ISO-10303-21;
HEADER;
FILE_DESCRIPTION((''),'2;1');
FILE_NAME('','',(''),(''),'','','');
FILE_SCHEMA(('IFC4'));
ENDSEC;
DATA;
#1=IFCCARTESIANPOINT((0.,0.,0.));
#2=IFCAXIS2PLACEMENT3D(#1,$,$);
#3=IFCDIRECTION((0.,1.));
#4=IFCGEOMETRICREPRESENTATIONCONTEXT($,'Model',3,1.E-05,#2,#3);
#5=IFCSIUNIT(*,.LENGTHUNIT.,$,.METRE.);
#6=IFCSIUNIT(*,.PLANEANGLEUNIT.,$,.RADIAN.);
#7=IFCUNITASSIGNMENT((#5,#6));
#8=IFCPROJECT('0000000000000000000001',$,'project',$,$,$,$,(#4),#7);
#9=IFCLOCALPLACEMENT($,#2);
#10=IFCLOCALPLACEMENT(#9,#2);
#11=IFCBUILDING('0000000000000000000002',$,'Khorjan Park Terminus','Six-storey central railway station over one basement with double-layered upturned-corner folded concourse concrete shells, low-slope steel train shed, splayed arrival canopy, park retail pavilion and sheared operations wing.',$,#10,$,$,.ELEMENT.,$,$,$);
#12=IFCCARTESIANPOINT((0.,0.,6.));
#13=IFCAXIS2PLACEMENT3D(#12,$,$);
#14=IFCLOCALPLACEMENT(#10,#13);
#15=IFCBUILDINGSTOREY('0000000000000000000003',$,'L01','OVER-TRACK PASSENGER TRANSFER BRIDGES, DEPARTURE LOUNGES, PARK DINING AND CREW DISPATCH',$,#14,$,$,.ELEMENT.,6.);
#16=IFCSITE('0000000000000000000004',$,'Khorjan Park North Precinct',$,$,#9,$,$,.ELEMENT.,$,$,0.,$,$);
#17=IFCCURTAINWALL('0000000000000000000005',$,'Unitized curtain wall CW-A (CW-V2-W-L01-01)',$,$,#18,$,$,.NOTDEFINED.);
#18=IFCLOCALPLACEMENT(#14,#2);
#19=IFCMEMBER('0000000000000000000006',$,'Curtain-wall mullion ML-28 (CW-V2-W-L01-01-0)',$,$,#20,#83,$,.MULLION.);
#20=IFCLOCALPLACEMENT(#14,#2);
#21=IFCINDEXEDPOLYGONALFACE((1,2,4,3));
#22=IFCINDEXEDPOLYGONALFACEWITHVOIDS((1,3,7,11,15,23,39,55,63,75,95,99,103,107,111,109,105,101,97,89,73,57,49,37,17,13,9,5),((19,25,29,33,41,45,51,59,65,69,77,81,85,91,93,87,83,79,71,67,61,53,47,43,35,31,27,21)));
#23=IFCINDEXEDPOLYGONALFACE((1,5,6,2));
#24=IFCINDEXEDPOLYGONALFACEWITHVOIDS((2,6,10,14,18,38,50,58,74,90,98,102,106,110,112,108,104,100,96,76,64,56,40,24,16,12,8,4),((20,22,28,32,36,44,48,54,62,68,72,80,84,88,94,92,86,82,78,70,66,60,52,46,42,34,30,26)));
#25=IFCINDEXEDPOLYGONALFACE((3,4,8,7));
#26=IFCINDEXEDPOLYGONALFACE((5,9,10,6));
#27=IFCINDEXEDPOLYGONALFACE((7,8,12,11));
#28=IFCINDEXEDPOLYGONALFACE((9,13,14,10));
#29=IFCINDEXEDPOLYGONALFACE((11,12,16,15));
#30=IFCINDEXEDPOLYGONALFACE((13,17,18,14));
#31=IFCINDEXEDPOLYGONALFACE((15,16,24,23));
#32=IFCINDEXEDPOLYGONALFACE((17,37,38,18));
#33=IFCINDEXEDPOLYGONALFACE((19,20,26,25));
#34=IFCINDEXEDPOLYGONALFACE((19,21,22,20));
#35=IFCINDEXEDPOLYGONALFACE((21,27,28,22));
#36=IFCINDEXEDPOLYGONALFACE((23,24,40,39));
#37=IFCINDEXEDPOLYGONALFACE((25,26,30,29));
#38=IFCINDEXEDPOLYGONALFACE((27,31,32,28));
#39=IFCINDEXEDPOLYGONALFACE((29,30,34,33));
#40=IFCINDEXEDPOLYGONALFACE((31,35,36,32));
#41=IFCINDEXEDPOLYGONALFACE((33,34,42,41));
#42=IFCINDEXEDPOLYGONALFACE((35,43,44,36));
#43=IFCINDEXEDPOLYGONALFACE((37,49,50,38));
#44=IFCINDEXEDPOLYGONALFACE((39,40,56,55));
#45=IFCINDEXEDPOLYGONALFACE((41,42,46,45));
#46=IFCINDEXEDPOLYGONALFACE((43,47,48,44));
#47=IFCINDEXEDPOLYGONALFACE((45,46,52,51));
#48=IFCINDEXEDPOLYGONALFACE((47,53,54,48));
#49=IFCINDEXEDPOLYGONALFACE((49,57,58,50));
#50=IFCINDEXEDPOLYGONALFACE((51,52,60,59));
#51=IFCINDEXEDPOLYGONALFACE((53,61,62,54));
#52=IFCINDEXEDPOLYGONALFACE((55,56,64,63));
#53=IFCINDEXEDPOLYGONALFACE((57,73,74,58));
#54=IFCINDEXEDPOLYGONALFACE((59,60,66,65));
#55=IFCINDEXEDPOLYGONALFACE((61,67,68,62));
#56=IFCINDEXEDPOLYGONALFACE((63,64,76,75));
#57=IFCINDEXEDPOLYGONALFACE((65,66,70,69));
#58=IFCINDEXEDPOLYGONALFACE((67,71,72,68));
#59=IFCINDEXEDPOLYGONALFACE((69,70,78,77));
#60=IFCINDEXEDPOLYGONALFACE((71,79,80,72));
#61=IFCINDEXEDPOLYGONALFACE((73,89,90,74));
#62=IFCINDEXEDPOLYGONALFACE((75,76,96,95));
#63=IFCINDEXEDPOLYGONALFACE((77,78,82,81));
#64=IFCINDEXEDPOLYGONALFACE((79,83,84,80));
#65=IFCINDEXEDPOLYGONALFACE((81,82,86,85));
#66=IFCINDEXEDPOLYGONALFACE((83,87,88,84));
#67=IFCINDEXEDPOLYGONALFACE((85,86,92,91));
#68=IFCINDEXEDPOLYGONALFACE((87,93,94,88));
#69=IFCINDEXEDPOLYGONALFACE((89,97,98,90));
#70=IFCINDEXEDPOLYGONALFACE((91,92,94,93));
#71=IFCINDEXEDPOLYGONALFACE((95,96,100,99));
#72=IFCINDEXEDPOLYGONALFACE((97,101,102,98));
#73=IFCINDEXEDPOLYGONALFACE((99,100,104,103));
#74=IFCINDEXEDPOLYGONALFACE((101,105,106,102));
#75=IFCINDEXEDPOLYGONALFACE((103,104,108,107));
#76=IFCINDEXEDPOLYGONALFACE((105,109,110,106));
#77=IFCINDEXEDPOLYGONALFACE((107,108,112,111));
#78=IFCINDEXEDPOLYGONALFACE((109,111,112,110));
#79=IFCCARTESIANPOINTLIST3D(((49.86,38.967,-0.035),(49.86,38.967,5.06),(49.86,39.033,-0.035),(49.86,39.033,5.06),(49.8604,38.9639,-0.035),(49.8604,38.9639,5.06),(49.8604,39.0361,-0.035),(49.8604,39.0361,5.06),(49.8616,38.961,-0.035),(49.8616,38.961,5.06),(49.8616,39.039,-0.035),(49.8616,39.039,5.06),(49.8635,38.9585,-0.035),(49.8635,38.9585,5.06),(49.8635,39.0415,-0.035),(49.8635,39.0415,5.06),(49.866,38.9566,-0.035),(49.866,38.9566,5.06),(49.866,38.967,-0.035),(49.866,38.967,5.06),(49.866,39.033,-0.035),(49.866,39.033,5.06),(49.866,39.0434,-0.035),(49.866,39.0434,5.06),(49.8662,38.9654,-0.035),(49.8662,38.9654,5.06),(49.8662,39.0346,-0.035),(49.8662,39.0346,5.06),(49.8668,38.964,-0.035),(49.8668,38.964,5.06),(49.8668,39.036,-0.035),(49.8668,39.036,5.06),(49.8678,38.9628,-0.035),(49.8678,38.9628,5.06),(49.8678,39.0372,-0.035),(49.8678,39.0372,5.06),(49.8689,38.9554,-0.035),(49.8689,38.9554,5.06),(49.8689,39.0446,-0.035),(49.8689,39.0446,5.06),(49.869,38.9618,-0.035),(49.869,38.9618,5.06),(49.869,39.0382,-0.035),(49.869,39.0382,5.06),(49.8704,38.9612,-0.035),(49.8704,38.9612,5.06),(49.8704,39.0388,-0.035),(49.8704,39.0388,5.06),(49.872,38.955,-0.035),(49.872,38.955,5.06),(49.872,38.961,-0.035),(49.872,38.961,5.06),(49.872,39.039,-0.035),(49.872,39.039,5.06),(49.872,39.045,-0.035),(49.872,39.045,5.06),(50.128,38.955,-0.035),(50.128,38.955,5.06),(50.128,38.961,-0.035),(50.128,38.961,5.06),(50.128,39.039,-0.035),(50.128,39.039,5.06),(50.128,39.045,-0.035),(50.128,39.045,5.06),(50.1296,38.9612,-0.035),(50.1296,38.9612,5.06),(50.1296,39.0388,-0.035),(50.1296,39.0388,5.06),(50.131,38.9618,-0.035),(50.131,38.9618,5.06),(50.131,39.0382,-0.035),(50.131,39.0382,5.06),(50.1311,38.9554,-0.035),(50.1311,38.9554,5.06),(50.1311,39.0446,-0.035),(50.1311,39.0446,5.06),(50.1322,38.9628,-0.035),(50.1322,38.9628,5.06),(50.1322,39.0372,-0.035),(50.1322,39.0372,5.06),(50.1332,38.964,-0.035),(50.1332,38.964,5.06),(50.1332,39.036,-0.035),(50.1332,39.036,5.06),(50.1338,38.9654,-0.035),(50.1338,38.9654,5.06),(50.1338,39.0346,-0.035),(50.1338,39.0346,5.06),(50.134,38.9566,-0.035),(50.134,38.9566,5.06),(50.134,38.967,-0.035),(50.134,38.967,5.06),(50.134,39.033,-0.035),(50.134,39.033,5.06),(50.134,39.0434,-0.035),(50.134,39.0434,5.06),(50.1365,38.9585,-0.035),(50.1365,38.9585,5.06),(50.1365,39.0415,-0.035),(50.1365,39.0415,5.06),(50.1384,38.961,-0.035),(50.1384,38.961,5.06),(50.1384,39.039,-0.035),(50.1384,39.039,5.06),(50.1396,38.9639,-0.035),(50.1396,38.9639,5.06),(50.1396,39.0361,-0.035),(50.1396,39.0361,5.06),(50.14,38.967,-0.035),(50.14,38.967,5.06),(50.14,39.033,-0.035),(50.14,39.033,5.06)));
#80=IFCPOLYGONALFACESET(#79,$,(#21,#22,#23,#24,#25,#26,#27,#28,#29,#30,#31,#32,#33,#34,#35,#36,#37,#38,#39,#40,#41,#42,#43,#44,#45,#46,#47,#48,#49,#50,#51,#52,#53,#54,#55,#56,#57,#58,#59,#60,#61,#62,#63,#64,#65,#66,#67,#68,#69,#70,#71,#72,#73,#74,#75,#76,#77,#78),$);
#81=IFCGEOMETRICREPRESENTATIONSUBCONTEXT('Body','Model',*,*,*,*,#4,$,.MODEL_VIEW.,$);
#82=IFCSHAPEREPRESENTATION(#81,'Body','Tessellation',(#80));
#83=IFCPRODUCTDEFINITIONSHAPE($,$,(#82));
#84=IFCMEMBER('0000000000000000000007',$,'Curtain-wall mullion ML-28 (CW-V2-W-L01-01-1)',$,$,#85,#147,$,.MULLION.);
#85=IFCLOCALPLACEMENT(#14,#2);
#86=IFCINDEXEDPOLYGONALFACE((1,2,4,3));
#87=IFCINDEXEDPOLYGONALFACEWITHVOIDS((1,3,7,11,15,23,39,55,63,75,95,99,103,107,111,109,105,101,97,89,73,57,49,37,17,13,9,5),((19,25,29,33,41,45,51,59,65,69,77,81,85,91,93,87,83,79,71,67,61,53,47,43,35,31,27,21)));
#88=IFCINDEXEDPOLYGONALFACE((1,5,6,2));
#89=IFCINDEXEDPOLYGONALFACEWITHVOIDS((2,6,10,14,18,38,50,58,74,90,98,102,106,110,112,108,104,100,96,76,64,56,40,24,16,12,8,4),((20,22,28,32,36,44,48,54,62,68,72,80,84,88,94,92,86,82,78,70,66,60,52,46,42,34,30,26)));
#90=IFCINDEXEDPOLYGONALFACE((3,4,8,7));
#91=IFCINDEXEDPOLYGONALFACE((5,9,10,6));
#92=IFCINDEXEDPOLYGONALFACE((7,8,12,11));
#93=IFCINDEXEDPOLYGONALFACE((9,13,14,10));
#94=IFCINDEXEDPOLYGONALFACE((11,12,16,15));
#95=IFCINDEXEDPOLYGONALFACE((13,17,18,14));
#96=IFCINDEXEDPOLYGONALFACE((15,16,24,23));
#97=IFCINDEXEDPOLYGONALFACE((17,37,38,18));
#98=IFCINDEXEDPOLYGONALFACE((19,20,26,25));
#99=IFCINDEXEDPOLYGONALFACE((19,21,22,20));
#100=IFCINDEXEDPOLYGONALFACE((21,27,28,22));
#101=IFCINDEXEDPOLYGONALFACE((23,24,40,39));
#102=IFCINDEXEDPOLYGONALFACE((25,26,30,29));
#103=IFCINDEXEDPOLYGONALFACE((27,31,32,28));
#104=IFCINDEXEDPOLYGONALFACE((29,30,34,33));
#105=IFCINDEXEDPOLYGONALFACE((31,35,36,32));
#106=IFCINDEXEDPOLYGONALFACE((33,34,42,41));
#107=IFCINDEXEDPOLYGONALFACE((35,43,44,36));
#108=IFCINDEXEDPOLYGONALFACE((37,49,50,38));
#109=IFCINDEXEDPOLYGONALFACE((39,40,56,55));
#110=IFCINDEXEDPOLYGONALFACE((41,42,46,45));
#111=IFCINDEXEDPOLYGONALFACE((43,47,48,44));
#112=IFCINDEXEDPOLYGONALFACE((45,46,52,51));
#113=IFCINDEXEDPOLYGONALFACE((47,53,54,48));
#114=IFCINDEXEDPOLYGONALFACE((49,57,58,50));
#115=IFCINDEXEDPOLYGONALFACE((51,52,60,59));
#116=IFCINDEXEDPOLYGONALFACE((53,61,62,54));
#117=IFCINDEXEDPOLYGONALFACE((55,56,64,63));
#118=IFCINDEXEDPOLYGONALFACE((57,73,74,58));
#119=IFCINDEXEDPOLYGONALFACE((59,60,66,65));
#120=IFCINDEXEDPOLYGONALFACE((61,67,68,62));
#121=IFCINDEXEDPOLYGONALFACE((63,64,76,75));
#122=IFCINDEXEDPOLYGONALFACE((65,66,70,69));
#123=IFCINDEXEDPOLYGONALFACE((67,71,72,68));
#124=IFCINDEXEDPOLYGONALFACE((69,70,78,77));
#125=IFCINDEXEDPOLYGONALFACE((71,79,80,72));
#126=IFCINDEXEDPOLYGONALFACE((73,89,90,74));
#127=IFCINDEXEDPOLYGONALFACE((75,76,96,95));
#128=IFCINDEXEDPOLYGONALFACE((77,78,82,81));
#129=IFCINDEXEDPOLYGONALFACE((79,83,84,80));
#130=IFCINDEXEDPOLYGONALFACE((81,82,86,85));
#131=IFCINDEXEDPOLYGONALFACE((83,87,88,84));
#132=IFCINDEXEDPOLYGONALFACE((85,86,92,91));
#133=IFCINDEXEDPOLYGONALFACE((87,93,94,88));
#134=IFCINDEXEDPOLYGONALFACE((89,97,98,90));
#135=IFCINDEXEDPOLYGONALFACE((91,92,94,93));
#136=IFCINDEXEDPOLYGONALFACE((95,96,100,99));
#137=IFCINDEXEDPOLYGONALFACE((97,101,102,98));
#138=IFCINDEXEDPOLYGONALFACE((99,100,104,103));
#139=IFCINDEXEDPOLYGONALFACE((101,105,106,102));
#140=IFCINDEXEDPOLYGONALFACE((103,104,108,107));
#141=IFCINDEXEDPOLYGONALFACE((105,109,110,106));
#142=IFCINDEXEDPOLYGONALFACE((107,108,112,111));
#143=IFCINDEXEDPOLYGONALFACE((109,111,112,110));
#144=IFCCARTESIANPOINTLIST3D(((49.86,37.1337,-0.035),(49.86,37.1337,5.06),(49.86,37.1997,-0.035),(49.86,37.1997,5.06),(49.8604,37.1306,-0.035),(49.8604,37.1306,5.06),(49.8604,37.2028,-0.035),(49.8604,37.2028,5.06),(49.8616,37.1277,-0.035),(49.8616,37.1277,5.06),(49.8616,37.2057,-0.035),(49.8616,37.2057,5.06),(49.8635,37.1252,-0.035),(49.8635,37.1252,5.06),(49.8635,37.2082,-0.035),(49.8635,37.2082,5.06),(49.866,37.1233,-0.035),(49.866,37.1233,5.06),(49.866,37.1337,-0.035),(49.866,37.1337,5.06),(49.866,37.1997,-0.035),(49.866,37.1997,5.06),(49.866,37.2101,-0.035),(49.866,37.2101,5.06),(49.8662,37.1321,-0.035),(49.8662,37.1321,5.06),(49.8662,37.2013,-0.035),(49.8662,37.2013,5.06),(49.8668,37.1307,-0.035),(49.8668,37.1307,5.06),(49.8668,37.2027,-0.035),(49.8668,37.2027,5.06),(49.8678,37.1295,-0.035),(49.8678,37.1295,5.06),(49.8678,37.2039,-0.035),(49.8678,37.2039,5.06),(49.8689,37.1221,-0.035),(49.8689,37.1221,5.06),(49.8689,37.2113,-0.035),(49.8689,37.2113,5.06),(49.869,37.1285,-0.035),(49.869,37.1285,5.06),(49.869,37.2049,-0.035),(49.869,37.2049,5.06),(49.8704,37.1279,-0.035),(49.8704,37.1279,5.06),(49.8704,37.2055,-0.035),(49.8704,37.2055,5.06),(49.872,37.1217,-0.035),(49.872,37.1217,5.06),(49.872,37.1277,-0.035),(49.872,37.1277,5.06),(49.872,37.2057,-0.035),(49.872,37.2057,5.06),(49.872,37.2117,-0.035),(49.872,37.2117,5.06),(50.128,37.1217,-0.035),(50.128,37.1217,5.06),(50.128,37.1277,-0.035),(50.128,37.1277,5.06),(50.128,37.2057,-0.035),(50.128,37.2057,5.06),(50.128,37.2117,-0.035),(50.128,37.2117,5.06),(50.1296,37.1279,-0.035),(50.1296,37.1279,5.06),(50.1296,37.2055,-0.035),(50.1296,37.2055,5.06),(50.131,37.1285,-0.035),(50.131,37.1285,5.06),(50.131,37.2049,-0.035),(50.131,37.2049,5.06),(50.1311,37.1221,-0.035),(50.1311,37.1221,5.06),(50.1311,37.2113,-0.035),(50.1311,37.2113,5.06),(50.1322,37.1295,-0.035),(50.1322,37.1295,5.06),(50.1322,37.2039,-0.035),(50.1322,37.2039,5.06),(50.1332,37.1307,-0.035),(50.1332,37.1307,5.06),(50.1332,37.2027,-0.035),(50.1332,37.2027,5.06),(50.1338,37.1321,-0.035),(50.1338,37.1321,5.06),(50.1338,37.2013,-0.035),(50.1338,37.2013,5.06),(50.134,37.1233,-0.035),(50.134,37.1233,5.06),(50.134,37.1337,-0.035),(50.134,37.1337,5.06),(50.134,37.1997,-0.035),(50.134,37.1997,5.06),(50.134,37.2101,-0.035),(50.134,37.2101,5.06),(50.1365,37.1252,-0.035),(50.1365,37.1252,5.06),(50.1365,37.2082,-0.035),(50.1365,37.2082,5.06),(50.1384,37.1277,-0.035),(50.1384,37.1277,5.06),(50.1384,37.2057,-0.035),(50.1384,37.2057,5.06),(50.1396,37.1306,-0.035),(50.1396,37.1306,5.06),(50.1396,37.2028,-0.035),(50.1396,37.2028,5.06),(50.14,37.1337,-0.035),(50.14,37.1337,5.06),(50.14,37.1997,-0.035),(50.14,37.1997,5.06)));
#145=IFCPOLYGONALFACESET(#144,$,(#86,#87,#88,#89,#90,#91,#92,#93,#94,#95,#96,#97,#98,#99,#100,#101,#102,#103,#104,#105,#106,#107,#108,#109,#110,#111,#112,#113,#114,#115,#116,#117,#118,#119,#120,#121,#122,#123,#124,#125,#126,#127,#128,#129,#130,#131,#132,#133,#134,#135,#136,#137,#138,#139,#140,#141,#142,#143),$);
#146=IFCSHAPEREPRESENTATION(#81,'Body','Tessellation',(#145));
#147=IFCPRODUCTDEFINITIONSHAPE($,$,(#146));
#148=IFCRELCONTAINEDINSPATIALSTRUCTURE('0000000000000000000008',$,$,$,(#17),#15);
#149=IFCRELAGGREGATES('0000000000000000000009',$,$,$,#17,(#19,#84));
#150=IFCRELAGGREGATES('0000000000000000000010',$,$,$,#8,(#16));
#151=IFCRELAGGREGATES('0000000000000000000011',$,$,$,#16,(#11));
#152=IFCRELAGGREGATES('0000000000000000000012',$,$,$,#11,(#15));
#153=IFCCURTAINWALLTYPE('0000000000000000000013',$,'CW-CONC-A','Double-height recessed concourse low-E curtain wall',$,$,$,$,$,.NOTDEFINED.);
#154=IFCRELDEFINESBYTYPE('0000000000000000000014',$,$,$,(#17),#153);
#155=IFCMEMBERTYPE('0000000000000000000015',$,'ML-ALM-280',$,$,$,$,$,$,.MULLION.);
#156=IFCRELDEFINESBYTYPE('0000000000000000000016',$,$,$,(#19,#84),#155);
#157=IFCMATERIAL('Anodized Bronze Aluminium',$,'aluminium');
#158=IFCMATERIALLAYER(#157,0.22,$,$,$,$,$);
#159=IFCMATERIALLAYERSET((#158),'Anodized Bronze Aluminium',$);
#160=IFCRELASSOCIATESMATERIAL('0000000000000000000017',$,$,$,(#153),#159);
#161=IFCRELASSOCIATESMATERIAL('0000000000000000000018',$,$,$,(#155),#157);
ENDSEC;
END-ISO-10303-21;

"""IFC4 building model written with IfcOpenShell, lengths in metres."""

from ifc_helpers import new_model, si_unit, direction, frame, origin, origin_2d, place, context, subcontext, project, spatial, hollow_rectangle, extrude, material, layer, layer_set, material_profile, profile_set, type_object, element, aggregate, save


model = new_model("IFC4")

# Units and contexts
model_context = context("Model", 3, precision=1e-05, world=origin(), true_north=direction((0.0, 1.0)))
body_context = subcontext(model_context, "Body", "Model", "MODEL_VIEW")
ifc_project = project(units=[si_unit("LENGTHUNIT", "METRE"), si_unit("PLANEANGLEUNIT", "RADIAN")], contexts=[model_context])

# Site, building, storey
site_placement = place(None, origin())
site = spatial("IfcSite", under=ifc_project, at=site_placement, Name="Khorjan Park North Precinct", CompositionType="ELEMENT", RefElevation=0.0)
building_placement = place(site_placement, origin())
building = spatial("IfcBuilding", under=site, at=building_placement, Name="Khorjan Park Terminus", Description="Six-storey central railway station over one basement with double-layered upturned-corner folded concourse concrete shells, low-slope steel train shed, splayed arrival canopy, park retail pavilion and sheared operations wing.", CompositionType="ELEMENT")
storey_placement = place(building_placement, frame((0.0, 0.0, 6.0)))
storey = spatial("IfcBuildingStorey", under=building, at=storey_placement, Name="L01", Description="OVER-TRACK PASSENGER TRANSFER BRIDGES, DEPARTURE LOUNGES, PARK DINING AND CREW DISPATCH", CompositionType="ELEMENT", Elevation=6.0)

# Curtain wall, members
ifc_material_1 = material(Name="Anodized Bronze Aluminium", Category="aluminium")
ifc_layer_1 = layer(ifc_material_1, 0.22)
ifc_layer_set_1 = layer_set([ifc_layer_1], Name="Anodized Bronze Aluminium")
curtain_wall_type = type_object("IfcCurtainWallType", Name="CW-CONC-A", Description="Double-height recessed concourse low-E curtain wall", PredefinedType="NOTDEFINED", material=ifc_layer_set_1)
curtain_wall_placement = place(storey_placement, origin())
curtain_wall = element("IfcCurtainWall", 1, at=curtain_wall_placement, inside=storey, type_object=curtain_wall_type, Name="Unitized curtain wall CW-A (CW-V2-W-L01-01)", PredefinedType="NOTDEFINED")
ifc_material_profile_1 = material_profile(ifc_material_1, hollow_rectangle(XDim=0.09, YDim=0.28, WallThickness=0.006, InnerFilletRadius=0.006, OuterFilletRadius=0.012, at=origin_2d()), Name="ALM 90x280x6")
ifc_profile_set_1 = profile_set([ifc_material_profile_1], Name="Anodized Bronze Aluminium")
member_type_1 = type_object("IfcMemberType", Name="ML-ALM-280", PredefinedType="MULLION", material=ifc_profile_set_1)
member_1_placement = place(storey_placement, frame((50.0, 39.0, -0.035), z_axis=(0.0, 0.0, 1.0), x_axis=(0.0, -1.0, 0.0)))
member_1 = element("IfcMember", 2, at=member_1_placement, type_object=member_type_1, Name="Curtain-wall mullion ML-28 (CW-V2-W-L01-01-0)", PredefinedType="MULLION", context=body_context, shape_type="SweptSolid", body=[
    extrude(hollow_rectangle(XDim=0.09, YDim=0.28, WallThickness=0.006, InnerFilletRadius=0.006, OuterFilletRadius=0.012, at=origin_2d()), origin(), (0.0, 0.0, 1.0), 5.095),
])
member_2_placement = place(storey_placement, frame((50.0, 37.1667, -0.035), z_axis=(0.0, 0.0, 1.0), x_axis=(0.0, -1.0, 0.0)))
member_2 = element("IfcMember", 3, at=member_2_placement, type_object=member_type_1, Name="Curtain-wall mullion ML-28 (CW-V2-W-L01-01-1)", PredefinedType="MULLION", context=body_context, shape_type="SweptSolid", body=[
    extrude(hollow_rectangle(XDim=0.09, YDim=0.28, WallThickness=0.006, InnerFilletRadius=0.006, OuterFilletRadius=0.012, at=origin_2d()), origin(), (0.0, 0.0, 1.0), 5.095),
])
aggregate(curtain_wall, [member_1, member_2])

save(model, "model.ifc")
